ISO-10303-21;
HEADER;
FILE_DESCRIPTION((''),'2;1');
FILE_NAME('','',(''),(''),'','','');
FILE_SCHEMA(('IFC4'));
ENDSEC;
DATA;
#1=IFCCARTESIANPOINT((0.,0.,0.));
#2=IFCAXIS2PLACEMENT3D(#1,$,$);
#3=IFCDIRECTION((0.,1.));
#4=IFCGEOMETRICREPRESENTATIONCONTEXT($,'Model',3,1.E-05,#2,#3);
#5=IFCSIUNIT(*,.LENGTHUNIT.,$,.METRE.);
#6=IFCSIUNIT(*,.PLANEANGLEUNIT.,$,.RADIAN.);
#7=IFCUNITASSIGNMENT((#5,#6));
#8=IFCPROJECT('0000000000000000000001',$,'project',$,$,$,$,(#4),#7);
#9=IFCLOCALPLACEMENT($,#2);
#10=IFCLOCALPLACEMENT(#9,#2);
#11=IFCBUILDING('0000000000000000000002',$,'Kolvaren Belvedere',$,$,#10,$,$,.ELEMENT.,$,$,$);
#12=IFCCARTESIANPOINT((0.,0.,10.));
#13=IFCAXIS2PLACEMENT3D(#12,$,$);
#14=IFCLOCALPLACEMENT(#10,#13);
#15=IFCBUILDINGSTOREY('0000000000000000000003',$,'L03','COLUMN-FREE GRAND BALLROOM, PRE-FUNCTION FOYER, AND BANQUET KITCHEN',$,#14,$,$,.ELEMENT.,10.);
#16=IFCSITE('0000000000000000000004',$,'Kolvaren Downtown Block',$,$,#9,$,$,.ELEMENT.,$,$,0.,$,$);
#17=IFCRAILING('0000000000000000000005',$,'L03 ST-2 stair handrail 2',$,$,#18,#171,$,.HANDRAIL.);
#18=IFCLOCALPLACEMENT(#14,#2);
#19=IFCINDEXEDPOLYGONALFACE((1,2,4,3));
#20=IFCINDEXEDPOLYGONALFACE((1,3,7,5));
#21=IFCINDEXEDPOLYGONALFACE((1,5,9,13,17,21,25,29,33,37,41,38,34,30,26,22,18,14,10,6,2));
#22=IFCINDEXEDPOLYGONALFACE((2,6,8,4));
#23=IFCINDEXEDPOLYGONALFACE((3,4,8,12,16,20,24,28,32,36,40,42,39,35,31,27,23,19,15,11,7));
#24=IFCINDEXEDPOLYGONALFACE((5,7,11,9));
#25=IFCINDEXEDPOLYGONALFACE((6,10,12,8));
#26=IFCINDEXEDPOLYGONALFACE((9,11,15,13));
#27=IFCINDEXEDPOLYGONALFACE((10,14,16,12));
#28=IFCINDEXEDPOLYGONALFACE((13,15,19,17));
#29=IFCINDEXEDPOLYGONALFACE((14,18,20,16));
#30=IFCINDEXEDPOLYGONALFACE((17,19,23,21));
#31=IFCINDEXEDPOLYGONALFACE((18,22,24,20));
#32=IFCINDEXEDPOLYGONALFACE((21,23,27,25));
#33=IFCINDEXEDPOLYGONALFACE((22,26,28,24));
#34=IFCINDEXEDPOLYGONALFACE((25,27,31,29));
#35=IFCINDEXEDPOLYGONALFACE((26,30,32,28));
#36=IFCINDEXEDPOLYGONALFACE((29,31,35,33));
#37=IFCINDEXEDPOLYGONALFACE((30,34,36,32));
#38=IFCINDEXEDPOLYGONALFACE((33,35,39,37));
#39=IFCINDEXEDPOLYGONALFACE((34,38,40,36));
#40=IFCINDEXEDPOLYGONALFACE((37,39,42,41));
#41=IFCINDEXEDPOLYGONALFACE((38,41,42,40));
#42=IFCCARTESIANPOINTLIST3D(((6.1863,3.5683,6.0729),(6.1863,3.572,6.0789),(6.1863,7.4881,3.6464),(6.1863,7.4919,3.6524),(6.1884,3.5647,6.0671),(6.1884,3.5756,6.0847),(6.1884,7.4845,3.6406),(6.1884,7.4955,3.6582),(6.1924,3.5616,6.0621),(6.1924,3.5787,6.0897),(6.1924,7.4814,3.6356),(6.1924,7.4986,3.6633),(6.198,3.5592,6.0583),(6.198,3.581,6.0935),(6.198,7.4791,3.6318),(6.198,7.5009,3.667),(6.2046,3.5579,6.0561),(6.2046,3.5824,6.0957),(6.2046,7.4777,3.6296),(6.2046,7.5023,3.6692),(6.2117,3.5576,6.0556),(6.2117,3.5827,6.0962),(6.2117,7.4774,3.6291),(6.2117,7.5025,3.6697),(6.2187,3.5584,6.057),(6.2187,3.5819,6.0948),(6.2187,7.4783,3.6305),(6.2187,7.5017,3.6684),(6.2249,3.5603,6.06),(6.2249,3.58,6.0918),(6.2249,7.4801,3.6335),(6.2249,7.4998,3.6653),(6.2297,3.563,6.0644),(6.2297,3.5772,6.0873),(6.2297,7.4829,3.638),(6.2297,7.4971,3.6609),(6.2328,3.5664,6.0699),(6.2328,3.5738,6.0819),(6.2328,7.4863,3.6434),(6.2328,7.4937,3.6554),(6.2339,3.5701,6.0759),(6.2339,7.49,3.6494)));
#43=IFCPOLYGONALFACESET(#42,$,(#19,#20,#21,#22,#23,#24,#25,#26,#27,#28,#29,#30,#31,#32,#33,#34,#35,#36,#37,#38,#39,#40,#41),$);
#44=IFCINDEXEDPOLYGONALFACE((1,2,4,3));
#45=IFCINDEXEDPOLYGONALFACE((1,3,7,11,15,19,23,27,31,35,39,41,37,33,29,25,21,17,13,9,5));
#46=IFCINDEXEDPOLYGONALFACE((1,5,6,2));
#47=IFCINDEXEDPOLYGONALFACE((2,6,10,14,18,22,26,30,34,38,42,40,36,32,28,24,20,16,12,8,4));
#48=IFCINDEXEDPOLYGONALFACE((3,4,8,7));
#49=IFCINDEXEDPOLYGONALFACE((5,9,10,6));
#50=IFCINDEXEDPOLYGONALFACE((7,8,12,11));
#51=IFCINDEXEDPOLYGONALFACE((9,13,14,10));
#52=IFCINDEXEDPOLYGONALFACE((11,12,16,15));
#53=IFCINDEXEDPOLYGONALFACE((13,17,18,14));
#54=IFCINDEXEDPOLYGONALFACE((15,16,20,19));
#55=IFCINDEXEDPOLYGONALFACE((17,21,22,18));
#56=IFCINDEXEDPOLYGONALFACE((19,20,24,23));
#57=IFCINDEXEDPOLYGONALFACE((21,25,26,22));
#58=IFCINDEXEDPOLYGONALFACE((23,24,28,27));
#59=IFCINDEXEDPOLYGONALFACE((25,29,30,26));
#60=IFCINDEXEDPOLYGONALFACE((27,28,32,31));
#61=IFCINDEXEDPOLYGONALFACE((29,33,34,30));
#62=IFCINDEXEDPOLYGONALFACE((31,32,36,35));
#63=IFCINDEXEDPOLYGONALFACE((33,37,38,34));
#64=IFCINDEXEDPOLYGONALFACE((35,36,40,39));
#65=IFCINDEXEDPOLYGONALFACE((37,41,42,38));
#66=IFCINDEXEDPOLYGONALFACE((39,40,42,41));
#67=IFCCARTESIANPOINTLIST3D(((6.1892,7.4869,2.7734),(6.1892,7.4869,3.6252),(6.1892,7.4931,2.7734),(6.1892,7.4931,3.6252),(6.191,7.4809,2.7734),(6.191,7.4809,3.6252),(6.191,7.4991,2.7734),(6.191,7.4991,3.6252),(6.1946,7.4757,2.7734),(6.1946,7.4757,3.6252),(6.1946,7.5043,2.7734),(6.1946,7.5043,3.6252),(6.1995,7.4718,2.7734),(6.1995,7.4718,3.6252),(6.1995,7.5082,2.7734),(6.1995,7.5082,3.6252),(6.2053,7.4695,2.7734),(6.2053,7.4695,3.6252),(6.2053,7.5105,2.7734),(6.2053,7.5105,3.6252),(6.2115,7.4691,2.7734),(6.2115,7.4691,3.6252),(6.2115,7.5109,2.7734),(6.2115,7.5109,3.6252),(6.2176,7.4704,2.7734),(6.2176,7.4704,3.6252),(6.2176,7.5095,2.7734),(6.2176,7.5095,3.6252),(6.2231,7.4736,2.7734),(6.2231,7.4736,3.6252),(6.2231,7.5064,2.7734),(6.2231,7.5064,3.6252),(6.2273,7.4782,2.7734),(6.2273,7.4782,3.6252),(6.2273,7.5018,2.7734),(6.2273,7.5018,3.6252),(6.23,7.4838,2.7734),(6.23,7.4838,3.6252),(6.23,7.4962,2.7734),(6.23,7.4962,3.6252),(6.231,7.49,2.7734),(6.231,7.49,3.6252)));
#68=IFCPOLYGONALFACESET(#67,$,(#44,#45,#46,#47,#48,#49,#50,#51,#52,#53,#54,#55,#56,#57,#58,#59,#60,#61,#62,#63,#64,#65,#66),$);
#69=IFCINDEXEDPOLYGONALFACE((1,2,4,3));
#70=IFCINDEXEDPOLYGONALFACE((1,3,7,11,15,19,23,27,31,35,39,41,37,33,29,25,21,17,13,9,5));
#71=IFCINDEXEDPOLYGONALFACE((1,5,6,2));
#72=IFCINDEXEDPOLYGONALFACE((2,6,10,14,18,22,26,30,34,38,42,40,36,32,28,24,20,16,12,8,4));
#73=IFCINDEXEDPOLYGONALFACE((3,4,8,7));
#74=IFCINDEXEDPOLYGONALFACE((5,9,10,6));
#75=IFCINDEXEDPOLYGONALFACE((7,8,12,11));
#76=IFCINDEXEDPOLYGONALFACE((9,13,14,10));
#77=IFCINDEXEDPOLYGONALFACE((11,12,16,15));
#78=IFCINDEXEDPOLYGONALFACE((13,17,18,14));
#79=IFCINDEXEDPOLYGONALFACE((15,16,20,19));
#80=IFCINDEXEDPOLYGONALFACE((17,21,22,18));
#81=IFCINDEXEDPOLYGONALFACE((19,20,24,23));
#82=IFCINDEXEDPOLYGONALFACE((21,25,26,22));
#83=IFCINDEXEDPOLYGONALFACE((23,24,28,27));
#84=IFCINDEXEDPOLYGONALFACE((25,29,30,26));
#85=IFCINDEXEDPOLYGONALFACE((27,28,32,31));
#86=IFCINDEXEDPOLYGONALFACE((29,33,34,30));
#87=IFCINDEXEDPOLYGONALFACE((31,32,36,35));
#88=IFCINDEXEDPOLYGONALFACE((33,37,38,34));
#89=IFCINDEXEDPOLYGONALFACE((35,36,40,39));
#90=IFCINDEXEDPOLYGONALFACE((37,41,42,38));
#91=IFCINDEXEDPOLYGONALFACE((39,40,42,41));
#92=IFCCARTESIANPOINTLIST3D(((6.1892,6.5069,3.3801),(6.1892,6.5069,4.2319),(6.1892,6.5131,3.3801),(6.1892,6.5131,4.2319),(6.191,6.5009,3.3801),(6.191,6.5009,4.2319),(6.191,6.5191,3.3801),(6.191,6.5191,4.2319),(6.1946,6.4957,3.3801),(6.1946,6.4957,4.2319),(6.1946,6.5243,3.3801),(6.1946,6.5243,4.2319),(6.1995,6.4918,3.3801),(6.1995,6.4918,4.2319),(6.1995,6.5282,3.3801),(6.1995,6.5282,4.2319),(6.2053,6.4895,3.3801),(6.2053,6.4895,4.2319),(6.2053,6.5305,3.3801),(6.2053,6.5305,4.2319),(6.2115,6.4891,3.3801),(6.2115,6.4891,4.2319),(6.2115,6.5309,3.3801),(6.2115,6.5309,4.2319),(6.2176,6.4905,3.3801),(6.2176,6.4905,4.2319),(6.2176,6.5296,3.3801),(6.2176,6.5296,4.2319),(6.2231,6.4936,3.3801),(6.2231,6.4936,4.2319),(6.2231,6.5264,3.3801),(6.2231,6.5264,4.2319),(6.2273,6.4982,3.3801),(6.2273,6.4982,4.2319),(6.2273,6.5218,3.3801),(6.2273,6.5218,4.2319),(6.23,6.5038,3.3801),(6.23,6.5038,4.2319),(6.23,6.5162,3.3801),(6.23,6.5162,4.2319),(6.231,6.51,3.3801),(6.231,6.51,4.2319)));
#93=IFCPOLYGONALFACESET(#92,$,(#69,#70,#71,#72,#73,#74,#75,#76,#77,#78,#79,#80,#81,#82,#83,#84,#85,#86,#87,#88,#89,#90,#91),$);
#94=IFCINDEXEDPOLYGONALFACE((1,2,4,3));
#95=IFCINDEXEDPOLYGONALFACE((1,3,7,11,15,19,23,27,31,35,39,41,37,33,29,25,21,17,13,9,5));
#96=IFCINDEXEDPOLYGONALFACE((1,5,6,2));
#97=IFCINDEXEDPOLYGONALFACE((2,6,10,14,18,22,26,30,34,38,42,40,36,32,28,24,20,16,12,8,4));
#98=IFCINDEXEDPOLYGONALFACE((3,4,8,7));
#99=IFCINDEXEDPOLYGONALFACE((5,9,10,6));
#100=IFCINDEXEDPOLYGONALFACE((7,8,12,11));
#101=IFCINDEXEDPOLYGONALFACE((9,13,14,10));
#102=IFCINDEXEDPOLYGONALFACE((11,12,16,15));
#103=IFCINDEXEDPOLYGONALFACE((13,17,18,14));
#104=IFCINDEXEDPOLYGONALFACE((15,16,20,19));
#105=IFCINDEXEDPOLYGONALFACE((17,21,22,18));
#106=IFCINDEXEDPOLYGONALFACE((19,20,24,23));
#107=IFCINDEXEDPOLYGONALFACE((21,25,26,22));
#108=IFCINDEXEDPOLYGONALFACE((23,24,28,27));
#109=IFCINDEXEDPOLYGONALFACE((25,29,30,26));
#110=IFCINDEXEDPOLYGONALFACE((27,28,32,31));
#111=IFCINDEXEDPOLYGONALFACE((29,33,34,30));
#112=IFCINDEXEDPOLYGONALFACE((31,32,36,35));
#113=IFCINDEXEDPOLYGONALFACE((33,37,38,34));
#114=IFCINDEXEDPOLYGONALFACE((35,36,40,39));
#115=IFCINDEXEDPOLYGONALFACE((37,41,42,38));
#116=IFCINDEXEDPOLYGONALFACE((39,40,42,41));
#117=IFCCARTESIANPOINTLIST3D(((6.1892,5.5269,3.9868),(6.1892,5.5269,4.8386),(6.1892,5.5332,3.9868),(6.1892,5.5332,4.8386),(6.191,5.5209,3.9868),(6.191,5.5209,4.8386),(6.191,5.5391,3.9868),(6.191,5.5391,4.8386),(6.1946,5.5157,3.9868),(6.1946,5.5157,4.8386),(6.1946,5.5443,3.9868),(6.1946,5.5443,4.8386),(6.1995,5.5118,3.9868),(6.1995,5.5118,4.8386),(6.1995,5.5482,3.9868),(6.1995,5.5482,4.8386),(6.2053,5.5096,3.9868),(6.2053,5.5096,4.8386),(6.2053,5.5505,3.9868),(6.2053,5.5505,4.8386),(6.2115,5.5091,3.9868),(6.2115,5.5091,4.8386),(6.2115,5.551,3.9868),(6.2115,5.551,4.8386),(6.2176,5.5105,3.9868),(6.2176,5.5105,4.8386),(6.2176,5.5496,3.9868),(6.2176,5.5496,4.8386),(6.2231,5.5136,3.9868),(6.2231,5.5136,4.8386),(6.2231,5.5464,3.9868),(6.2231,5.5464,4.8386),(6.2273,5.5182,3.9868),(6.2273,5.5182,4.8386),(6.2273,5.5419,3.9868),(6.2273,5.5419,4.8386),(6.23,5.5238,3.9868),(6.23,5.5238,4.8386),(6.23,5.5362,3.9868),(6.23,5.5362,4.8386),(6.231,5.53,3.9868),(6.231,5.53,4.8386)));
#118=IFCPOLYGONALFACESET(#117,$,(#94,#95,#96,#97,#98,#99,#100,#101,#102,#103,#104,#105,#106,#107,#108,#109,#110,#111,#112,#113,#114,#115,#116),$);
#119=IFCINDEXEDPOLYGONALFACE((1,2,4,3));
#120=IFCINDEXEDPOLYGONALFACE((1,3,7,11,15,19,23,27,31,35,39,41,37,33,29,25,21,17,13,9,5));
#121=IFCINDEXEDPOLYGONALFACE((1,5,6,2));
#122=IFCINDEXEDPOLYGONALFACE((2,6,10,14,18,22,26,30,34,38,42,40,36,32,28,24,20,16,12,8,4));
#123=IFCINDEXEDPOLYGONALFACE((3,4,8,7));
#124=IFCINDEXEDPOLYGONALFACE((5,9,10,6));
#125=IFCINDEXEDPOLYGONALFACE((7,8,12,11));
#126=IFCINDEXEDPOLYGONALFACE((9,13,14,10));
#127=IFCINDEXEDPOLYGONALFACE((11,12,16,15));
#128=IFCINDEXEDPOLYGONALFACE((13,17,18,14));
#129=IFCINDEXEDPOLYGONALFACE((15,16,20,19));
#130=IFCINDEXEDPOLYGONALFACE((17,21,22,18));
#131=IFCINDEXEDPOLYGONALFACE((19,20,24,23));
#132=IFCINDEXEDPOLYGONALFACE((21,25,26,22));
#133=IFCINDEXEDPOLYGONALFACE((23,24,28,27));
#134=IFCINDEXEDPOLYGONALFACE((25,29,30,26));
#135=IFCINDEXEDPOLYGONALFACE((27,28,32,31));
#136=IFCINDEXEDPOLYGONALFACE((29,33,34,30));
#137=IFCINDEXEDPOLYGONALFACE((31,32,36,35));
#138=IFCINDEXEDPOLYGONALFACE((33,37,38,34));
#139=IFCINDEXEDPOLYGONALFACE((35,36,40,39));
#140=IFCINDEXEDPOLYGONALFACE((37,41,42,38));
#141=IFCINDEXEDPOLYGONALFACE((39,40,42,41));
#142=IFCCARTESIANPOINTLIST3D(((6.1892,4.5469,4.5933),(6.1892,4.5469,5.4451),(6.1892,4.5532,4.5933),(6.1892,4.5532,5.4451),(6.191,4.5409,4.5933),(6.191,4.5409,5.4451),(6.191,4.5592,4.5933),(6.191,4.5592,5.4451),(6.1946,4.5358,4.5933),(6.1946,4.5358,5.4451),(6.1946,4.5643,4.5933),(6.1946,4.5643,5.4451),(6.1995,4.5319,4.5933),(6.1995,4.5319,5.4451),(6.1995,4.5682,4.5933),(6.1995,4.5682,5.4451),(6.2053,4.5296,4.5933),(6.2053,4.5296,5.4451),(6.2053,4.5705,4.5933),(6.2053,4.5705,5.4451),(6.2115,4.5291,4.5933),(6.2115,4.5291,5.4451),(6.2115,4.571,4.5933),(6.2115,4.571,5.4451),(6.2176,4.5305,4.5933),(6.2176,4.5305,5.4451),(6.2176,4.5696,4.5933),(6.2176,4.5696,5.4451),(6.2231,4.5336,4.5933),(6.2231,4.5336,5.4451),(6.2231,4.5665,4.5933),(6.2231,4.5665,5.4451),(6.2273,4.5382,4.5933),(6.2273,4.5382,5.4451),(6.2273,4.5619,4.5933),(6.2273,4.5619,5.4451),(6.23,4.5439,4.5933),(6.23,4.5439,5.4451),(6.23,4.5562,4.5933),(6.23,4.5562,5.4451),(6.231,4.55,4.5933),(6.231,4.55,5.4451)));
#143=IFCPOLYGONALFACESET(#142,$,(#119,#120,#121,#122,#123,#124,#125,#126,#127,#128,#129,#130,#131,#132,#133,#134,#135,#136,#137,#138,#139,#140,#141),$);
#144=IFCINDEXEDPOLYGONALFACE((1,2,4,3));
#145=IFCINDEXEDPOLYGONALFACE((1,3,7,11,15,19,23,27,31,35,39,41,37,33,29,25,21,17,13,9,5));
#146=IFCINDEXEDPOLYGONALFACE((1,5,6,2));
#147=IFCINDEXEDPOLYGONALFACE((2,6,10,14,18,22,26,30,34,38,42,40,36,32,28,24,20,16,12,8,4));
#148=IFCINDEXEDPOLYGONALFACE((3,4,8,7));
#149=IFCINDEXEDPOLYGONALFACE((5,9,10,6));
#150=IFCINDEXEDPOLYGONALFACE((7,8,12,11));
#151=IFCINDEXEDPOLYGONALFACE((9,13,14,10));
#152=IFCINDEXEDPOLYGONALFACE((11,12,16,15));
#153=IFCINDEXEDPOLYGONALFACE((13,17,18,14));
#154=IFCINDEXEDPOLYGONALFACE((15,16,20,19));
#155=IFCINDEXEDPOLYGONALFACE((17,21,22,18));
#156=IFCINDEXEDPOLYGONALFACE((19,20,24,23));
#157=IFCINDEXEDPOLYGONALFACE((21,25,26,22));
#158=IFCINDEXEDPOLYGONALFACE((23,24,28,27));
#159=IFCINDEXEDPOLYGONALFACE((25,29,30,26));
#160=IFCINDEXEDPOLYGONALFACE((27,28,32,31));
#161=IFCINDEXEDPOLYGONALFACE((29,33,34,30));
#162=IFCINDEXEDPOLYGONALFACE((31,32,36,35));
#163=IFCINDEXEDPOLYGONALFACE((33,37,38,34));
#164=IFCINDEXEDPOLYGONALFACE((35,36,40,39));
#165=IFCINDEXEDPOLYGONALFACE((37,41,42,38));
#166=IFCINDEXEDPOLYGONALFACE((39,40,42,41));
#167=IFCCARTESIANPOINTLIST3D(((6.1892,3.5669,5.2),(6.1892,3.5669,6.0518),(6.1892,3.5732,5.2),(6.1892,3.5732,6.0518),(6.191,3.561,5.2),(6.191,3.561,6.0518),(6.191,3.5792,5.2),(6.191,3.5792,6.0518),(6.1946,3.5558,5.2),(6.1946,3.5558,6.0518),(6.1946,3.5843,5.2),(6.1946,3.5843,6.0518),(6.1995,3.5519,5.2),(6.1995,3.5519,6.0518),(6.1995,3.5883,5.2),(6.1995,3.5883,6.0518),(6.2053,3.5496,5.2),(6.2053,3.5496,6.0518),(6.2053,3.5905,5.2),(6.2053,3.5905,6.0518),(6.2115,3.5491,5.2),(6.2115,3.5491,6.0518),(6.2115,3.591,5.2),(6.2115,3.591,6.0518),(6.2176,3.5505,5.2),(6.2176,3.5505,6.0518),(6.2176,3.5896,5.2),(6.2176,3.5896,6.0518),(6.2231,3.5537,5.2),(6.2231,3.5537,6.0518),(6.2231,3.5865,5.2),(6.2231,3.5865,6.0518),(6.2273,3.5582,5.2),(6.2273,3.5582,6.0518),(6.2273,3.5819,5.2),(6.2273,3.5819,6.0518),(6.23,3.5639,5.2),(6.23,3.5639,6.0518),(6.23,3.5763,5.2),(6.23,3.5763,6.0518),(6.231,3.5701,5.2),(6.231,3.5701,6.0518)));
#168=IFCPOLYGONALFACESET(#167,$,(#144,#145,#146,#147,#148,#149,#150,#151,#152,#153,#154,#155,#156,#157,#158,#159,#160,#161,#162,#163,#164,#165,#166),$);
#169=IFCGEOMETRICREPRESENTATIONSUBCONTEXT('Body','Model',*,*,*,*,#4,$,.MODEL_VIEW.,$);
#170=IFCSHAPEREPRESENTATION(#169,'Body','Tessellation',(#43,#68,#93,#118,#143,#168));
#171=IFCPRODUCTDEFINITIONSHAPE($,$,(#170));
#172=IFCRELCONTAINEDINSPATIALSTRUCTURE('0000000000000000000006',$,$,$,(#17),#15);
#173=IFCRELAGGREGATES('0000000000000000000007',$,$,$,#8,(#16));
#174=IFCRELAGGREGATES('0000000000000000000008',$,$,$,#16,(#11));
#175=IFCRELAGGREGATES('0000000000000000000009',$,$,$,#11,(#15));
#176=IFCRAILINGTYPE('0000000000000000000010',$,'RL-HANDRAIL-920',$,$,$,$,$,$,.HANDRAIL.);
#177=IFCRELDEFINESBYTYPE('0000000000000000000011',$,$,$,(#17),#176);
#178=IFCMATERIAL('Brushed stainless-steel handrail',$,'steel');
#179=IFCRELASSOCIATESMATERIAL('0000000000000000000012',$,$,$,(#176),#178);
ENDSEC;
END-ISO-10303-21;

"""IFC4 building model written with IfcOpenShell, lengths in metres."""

from ifc_helpers import new_model, si_unit, direction, frame, origin, origin_2d, place, context, subcontext, project, spatial, circle, extrude, material, type_object, element, save


model = new_model("IFC4")

# Units and contexts
model_context = context("Model", 3, precision=1e-05, world=origin(), true_north=direction((0.0, 1.0)))
body_context = subcontext(model_context, "Body", "Model", "MODEL_VIEW")
ifc_project = project(units=[si_unit("LENGTHUNIT", "METRE"), si_unit("PLANEANGLEUNIT", "RADIAN")], contexts=[model_context])

# Site, building, storey
site_placement = place(None, origin())
site = spatial("IfcSite", under=ifc_project, at=site_placement, Name="Kolvaren Downtown Block", CompositionType="ELEMENT", RefElevation=0.0)
building_placement = place(site_placement, origin())
building = spatial("IfcBuilding", under=site, at=building_placement, Name="Kolvaren Belvedere", CompositionType="ELEMENT")
storey_placement = place(building_placement, frame((0.0, 0.0, 10.0)))
storey = spatial("IfcBuildingStorey", under=building, at=storey_placement, Name="L03", Description="COLUMN-FREE GRAND BALLROOM, PRE-FUNCTION FOYER, AND BANQUET KITCHEN", CompositionType="ELEMENT", Elevation=10.0)

# Railing
ifc_material_1 = material(Name="Brushed stainless-steel handrail", Category="steel")
railing_type_1 = type_object("IfcRailingType", Name="RL-HANDRAIL-920", PredefinedType="HANDRAIL", material=ifc_material_1)
railing_1_placement = place(storey_placement, frame((6.21, 7.49, 2.7734)))
element("IfcRailing", 1, at=railing_1_placement, inside=storey, type_object=railing_type_1, Name="L03 ST-2 stair handrail 2", PredefinedType="HANDRAIL", context=body_context, shape_type="SweptSolid", body=[
    extrude(circle(Radius=0.0239, at=origin_2d()), frame((0.0, 0.0, 0.876), z_axis=(0.0, -0.850275, 0.526338), x_axis=(1.0, 0.0, 0.0)), (0.0, 0.0, 1.0), 4.6101),
    extrude(circle(Radius=0.021, at=origin_2d()), origin(), (0.0, 0.0, 1.0), 0.8518),
    extrude(circle(Radius=0.021, at=origin_2d()), frame((0.0, -0.98, 0.6067)), (0.0, 0.0, 1.0), 0.8518),
    extrude(circle(Radius=0.021, at=origin_2d()), frame((0.0, -1.96, 1.2134)), (0.0, 0.0, 1.0), 0.8518),
    extrude(circle(Radius=0.021, at=origin_2d()), frame((0.0, -2.9399, 1.8198)), (0.0, 0.0, 1.0), 0.8518),
    extrude(circle(Radius=0.021, at=origin_2d()), frame((0.0, -3.9199, 2.4265)), (0.0, 0.0, 1.0), 0.8518),
])

save(model, "model.ifc")
